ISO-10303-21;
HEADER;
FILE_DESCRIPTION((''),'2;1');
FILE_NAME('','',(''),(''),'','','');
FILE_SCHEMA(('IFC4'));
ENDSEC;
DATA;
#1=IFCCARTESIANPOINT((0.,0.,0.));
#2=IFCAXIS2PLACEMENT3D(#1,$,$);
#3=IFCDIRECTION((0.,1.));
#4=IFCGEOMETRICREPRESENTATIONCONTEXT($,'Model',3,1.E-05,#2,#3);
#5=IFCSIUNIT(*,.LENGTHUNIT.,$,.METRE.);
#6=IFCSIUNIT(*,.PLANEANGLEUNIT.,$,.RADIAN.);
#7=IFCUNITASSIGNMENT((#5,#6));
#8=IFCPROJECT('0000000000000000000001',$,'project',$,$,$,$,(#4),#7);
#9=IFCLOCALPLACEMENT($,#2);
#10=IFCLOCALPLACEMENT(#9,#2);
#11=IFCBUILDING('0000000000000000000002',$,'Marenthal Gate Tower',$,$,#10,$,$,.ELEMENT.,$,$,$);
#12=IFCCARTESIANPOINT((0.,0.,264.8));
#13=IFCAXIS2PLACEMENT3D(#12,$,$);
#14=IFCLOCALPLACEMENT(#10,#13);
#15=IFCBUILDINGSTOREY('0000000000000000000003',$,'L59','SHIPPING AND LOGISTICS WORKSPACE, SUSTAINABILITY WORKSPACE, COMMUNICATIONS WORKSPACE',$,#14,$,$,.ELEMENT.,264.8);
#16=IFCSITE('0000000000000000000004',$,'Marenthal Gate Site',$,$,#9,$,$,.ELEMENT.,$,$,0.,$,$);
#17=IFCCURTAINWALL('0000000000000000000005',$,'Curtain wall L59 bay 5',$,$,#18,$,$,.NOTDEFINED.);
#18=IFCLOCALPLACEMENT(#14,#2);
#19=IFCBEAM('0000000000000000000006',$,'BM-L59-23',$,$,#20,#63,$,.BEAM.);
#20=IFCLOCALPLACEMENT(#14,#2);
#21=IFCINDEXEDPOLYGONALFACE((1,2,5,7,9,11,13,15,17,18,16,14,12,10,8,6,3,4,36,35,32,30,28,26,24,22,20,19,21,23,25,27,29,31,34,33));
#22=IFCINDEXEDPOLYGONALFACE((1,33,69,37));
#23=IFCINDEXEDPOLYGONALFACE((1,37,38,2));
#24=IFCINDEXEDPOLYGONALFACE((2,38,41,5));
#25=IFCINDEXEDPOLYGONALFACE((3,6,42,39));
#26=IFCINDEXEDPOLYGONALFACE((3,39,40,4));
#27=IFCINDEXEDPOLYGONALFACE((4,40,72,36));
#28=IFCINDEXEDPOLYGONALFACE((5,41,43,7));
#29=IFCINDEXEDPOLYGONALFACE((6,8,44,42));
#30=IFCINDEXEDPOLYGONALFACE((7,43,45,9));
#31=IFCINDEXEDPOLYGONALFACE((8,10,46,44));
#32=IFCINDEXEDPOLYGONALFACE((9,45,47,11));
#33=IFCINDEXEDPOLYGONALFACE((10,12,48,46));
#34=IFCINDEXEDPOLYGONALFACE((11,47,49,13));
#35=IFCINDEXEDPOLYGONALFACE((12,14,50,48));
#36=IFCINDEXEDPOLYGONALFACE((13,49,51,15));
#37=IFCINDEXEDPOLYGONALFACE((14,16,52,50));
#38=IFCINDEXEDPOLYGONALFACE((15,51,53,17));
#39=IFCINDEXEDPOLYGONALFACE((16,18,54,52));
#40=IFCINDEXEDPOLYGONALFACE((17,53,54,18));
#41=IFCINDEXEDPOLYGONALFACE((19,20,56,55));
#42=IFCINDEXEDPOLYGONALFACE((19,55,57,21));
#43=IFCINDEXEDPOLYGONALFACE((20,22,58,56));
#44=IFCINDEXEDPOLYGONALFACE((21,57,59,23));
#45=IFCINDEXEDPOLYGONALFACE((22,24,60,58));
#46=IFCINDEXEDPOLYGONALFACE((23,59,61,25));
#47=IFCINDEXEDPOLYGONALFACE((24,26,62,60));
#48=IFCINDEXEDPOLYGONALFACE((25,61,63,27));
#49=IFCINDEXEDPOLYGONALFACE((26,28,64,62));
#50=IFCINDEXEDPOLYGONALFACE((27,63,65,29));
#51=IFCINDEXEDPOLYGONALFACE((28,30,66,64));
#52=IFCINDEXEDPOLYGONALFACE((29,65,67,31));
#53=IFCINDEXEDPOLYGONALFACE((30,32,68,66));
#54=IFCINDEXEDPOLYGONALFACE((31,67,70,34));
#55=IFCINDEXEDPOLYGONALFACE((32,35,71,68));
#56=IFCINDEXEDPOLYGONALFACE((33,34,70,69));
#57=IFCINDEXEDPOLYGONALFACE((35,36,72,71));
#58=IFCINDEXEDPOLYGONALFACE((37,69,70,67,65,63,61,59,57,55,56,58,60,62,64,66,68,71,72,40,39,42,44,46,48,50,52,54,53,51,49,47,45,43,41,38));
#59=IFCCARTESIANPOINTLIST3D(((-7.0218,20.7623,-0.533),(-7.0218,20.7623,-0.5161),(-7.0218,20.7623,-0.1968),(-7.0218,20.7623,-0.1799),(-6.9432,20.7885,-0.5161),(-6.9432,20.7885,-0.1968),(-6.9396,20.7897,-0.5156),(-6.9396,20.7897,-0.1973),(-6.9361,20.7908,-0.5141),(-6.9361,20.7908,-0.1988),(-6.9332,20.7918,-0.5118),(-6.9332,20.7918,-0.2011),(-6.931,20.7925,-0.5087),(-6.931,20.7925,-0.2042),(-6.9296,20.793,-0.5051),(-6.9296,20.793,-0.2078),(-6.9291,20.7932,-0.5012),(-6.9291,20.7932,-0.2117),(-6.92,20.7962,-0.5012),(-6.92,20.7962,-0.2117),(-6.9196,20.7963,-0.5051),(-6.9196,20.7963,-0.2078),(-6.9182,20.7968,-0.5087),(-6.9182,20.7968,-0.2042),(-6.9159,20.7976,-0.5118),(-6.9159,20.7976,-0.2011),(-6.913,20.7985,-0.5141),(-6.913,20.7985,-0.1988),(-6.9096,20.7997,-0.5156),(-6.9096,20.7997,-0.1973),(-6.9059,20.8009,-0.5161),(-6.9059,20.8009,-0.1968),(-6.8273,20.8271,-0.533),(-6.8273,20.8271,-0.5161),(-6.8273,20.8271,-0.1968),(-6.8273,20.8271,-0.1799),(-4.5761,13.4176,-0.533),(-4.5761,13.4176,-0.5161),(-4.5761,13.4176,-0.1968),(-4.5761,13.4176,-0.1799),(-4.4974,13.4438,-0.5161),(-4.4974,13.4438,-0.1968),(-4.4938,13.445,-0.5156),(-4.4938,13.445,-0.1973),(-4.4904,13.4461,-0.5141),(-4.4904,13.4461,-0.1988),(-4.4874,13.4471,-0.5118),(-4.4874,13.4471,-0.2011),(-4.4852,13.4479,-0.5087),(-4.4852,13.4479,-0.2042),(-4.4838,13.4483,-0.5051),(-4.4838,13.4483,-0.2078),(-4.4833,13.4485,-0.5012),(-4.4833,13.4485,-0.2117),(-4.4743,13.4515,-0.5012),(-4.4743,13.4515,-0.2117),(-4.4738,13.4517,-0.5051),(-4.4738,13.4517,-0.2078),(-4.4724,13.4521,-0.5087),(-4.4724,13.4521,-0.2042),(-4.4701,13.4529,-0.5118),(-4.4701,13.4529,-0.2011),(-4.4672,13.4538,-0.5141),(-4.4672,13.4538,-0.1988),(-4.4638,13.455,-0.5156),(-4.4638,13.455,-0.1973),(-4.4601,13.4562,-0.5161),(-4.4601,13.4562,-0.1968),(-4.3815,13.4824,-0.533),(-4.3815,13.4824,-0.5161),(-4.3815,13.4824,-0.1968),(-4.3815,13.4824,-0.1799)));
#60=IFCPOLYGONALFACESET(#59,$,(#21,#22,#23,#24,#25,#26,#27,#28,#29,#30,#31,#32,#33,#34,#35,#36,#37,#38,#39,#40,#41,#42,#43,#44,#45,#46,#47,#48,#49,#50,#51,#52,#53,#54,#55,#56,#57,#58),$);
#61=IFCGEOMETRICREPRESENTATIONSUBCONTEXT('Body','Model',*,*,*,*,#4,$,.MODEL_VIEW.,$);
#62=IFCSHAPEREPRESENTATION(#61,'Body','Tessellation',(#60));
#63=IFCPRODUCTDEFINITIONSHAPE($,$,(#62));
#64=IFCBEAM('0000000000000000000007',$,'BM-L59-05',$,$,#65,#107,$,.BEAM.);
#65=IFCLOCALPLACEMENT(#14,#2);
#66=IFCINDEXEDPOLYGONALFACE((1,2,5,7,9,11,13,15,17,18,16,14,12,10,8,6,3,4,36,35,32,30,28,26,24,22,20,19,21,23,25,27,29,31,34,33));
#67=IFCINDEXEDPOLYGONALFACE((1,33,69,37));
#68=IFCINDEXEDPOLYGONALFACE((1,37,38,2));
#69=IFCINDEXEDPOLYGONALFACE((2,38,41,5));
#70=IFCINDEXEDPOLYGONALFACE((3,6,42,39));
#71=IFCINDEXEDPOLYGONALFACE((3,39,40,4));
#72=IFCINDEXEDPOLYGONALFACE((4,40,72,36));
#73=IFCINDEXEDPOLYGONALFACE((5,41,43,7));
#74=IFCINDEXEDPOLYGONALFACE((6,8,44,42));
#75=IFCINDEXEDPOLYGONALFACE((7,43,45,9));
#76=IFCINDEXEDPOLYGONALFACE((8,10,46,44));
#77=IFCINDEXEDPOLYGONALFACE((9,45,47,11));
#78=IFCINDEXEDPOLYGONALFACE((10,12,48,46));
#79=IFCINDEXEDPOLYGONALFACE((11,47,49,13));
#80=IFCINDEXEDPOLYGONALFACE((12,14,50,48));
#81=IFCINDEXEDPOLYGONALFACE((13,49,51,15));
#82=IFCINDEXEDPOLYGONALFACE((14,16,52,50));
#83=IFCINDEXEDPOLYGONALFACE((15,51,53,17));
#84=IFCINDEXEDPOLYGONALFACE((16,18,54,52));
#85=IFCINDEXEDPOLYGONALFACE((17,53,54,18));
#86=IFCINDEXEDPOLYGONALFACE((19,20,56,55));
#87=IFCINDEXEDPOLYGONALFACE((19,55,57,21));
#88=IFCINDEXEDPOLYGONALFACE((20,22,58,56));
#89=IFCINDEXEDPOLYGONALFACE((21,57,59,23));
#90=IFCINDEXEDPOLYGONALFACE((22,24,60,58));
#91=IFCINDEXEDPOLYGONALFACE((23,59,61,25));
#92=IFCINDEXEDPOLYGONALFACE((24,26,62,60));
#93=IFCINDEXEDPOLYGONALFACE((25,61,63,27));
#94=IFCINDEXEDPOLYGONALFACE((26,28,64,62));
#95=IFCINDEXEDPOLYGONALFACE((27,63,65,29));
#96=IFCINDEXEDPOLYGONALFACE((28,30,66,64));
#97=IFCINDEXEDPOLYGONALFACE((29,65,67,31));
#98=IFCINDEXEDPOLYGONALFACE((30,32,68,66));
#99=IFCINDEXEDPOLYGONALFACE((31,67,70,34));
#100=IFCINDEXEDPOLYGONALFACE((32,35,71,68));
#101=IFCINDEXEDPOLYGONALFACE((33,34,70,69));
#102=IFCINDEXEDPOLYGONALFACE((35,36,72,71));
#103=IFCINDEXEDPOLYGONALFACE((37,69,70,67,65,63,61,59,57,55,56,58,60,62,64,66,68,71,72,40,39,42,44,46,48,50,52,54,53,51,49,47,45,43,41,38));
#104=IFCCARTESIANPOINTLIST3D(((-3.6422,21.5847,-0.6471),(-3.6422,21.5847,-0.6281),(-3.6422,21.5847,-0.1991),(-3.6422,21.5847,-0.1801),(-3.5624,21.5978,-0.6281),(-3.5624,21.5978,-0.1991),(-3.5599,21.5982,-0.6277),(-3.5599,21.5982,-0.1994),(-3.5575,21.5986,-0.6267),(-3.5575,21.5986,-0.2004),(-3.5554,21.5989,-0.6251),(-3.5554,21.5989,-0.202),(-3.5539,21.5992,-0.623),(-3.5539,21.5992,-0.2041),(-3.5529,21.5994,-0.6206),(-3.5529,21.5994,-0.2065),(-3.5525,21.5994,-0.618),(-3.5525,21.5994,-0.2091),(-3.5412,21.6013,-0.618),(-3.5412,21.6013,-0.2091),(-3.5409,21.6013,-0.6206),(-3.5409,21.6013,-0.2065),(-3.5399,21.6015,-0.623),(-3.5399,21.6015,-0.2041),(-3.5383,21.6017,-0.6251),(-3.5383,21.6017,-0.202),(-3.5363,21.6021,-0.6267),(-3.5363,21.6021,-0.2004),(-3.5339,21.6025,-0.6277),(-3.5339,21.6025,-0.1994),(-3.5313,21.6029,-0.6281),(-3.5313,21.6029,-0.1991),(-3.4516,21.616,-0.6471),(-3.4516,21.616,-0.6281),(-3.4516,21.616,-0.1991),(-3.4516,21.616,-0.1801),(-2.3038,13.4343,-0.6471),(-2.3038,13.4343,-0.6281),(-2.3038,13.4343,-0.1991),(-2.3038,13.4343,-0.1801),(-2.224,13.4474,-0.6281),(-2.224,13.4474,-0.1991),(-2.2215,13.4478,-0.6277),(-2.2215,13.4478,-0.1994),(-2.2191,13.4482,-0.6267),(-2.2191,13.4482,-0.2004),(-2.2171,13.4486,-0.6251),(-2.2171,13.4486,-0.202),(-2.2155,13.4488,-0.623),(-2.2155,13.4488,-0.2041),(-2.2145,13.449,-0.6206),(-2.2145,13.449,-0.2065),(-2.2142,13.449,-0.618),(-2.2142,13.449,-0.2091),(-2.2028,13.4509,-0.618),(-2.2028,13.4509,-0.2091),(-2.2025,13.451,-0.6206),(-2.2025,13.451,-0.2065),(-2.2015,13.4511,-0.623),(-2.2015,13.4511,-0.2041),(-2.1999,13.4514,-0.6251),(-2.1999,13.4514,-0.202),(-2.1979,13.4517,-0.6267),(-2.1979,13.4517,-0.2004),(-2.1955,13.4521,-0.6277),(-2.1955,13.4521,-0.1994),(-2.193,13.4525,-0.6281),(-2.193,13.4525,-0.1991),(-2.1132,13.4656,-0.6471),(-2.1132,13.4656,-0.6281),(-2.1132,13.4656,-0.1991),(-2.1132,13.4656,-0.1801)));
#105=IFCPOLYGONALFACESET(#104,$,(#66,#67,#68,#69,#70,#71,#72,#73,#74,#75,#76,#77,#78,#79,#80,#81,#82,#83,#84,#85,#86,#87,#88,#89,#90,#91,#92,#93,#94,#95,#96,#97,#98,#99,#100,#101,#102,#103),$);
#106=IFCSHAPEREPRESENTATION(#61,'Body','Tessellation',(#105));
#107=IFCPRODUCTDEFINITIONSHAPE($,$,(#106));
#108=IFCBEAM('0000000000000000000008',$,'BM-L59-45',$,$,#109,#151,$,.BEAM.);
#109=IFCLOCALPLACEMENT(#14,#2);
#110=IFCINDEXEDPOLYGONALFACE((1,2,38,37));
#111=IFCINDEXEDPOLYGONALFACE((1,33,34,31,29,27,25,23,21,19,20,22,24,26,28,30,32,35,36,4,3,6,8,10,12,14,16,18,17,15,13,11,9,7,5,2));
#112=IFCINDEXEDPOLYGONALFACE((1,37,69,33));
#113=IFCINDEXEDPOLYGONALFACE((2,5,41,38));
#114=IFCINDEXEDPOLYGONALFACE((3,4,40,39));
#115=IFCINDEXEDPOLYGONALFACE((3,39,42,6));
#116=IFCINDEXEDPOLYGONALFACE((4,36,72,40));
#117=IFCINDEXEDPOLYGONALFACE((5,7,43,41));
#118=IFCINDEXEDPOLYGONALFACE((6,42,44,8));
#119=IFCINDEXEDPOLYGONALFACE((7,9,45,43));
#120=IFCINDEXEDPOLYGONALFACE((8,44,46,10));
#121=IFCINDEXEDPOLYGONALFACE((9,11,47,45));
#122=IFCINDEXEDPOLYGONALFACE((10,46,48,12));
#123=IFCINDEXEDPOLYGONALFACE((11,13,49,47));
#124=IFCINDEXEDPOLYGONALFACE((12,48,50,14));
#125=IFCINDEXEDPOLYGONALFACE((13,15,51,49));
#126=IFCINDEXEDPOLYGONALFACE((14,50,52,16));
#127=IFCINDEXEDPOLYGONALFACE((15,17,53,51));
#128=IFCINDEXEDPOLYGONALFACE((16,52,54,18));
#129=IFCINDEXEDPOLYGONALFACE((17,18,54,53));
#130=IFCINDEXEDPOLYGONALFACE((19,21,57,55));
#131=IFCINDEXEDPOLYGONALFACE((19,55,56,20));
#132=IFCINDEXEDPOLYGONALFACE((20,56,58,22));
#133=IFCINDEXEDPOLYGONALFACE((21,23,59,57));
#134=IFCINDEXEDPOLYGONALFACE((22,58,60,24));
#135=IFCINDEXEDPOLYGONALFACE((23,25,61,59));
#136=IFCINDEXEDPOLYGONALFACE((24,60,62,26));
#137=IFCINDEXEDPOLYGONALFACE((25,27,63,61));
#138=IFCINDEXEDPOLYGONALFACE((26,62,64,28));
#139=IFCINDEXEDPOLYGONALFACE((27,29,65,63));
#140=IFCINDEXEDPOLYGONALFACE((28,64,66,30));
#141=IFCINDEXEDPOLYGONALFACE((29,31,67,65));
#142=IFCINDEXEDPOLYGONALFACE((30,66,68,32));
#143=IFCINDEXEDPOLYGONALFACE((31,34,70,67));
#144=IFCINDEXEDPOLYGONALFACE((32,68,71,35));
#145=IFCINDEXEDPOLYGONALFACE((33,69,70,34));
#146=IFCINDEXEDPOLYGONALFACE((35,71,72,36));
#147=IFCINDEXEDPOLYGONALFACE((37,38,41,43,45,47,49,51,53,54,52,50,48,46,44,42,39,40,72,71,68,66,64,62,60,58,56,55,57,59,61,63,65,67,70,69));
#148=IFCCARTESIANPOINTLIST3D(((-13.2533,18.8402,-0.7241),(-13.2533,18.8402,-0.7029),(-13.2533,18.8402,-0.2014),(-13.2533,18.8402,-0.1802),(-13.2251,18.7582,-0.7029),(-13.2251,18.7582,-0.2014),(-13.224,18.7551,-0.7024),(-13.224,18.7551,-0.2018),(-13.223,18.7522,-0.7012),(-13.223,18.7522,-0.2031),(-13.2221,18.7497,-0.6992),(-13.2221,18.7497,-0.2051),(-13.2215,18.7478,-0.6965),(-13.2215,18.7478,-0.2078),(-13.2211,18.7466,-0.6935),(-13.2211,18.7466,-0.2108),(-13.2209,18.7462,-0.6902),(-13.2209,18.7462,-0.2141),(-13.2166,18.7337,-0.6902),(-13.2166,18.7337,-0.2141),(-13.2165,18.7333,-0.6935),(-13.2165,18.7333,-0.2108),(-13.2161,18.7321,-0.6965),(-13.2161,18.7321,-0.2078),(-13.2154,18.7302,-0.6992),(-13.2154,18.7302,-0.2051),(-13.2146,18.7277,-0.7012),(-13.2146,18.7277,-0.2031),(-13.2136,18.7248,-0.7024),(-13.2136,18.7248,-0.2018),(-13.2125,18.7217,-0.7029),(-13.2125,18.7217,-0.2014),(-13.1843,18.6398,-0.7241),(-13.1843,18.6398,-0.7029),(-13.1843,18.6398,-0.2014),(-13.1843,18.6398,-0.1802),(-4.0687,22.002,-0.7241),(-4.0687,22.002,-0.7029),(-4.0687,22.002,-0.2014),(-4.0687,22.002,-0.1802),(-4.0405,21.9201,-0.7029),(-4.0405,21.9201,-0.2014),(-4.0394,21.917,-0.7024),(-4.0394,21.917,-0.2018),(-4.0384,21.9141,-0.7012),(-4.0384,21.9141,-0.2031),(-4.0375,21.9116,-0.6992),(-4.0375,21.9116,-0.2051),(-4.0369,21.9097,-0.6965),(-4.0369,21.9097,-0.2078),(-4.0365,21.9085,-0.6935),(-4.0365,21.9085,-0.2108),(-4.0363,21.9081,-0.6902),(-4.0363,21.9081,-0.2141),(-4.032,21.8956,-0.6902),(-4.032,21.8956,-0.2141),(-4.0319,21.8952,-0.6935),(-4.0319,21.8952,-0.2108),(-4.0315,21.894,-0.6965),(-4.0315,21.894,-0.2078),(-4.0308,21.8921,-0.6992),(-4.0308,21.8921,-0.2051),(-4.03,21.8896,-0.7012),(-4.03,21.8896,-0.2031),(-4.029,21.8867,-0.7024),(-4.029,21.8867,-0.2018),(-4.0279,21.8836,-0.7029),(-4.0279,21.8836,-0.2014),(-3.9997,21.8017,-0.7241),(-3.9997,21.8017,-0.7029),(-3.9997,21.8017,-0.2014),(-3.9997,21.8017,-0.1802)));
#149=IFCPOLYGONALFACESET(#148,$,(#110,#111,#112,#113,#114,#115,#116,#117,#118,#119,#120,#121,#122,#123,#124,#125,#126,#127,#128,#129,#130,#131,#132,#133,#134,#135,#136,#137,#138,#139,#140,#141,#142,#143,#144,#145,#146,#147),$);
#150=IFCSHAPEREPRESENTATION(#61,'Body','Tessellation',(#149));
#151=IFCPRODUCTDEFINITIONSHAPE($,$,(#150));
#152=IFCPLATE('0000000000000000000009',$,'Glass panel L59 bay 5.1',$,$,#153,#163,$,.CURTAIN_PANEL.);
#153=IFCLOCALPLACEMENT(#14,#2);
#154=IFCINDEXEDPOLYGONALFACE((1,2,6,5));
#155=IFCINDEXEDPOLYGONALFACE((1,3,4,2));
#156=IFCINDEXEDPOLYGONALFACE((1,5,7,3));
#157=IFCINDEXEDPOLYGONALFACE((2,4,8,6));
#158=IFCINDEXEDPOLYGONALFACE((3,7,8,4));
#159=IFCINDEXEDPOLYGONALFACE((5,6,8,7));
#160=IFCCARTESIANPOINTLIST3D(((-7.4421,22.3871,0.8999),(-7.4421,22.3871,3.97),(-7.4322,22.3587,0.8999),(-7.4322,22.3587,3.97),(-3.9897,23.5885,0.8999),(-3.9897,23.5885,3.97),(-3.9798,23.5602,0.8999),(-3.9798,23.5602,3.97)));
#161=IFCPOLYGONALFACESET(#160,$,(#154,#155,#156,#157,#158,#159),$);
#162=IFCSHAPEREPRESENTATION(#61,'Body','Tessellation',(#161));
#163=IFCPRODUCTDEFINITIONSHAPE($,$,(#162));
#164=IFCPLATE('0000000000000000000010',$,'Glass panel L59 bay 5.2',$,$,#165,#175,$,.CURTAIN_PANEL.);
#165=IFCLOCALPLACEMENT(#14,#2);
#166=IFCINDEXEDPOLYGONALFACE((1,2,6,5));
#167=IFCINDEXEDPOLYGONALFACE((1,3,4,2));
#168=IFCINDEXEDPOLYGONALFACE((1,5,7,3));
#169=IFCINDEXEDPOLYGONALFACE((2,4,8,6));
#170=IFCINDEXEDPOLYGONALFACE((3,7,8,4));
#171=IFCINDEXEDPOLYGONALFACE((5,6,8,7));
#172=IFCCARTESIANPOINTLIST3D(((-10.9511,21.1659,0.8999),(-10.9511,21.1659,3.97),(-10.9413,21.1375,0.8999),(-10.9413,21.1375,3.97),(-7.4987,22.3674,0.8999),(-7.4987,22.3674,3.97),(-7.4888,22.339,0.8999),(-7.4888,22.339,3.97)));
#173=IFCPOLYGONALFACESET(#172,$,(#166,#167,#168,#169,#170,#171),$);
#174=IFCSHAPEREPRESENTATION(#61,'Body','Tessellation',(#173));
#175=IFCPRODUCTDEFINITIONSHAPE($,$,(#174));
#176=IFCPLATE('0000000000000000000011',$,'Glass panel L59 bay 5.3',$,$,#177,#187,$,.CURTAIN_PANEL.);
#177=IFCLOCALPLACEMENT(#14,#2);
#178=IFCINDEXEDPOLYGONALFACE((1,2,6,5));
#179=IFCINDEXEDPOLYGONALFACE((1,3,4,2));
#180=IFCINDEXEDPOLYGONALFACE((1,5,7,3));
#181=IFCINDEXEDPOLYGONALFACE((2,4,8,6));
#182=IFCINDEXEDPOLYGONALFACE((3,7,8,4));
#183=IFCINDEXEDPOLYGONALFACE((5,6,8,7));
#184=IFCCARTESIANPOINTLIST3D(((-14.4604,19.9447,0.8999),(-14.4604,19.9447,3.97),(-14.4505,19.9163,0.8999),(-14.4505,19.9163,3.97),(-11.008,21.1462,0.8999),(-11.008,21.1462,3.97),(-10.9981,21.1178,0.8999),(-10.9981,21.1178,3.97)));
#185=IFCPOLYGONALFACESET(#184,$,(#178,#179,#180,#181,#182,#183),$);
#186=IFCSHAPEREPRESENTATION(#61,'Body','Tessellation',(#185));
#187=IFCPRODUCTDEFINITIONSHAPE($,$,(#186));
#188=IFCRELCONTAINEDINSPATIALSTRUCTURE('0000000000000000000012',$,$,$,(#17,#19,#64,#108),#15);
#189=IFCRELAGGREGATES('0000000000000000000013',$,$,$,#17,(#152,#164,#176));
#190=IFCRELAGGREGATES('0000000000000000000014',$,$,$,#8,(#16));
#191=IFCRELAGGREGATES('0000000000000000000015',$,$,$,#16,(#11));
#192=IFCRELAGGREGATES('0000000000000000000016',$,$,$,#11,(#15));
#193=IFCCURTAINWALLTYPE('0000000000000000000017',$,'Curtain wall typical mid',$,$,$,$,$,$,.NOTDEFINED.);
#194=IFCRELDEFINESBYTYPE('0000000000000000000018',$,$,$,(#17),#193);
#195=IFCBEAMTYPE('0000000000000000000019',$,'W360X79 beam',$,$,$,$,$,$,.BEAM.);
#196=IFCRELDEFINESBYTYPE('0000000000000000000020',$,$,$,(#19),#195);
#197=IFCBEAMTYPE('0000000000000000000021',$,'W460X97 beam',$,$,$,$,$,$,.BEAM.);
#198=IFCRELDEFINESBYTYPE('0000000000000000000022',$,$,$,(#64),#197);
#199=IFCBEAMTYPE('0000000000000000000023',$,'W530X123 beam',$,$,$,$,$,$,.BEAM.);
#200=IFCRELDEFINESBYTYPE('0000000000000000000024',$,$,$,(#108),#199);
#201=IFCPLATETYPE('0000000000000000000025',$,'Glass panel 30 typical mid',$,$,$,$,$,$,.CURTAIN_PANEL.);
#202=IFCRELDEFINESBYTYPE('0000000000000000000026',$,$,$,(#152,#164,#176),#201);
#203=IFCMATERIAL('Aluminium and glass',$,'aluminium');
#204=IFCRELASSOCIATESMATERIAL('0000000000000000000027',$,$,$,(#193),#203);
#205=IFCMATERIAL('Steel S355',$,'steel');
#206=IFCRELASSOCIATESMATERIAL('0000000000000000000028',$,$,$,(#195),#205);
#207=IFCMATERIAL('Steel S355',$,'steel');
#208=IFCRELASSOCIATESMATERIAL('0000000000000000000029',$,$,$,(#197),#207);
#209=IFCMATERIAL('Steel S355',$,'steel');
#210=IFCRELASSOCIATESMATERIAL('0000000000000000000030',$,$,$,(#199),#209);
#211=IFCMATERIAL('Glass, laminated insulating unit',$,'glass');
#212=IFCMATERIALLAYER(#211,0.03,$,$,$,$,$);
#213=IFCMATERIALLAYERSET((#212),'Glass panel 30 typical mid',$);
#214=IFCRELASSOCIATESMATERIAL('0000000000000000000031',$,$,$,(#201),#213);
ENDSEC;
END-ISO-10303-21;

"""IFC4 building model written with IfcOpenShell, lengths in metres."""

from ifc_helpers import new_model, si_unit, direction, frame, origin, origin_2d, place, context, subcontext, project, spatial, rectangle, i_section, extrude, material, layer, layer_set, material_profile, profile_set, type_object, element, aggregate, save


model = new_model("IFC4")

# Units and contexts
model_context = context("Model", 3, precision=1e-05, world=origin(), true_north=direction((0.0, 1.0)))
body_context = subcontext(model_context, "Body", "Model", "MODEL_VIEW")
ifc_project = project(units=[si_unit("LENGTHUNIT", "METRE"), si_unit("PLANEANGLEUNIT", "RADIAN")], contexts=[model_context])

# Site, building, storey
site_placement = place(None, origin())
site = spatial("IfcSite", under=ifc_project, at=site_placement, Name="Marenthal Gate Site", CompositionType="ELEMENT", RefElevation=0.0)
building_placement = place(site_placement, origin())
building = spatial("IfcBuilding", under=site, at=building_placement, Name="Marenthal Gate Tower", CompositionType="ELEMENT")
storey_placement = place(building_placement, frame((0.0, 0.0, 264.8)))
storey = spatial("IfcBuildingStorey", under=building, at=storey_placement, Name="L59", Description="SHIPPING AND LOGISTICS WORKSPACE, SUSTAINABILITY WORKSPACE, COMMUNICATIONS WORKSPACE", CompositionType="ELEMENT", Elevation=264.8)

# Curtain wall
ifc_material_1 = material(Name="Aluminium and glass", Category="aluminium")
curtain_wall_type = type_object("IfcCurtainWallType", Name="Curtain wall typical mid", PredefinedType="NOTDEFINED", material=ifc_material_1)
curtain_wall_placement = place(storey_placement, origin())
curtain_wall = element("IfcCurtainWall", 1, at=curtain_wall_placement, inside=storey, type_object=curtain_wall_type, Name="Curtain wall L59 bay 5", PredefinedType="NOTDEFINED")

# Beams
ifc_material_2 = material(Name="Steel S355", Category="steel")
ifc_material_profile_1 = material_profile(ifc_material_2, i_section(OverallWidth=0.2051, OverallDepth=0.353, WebThickness=0.0095, FlangeThickness=0.0168, FilletRadius=0.0149, at=origin_2d()), Name="W360X79")
ifc_profile_set_1 = profile_set([ifc_material_profile_1], Name="Steel S355")
beam_type_1 = type_object("IfcBeamType", Name="W360X79 beam", PredefinedType="BEAM", material=ifc_profile_set_1)
beam_1_placement = place(storey_placement, frame((-6.9246, 20.7947, -0.3564), z_axis=(0.315944, -0.948778, 0.0), x_axis=(0.948778, 0.315944, 0.0)))
element("IfcBeam", 2, at=beam_1_placement, inside=storey, type_object=beam_type_1, Name="BM-L59-23", PredefinedType="BEAM", context=body_context, shape_type="SweptSolid", body=[
    extrude(i_section(OverallWidth=0.2051, OverallDepth=0.353, WebThickness=0.0095, FlangeThickness=0.0168, FilletRadius=0.0149, at=origin_2d()), origin(), (0.0, 0.0, 1.0), 7.7412),
])
ifc_material_3 = material(Name="Steel S355", Category="steel")
ifc_material_profile_2 = material_profile(ifc_material_3, i_section(OverallWidth=0.1931, OverallDepth=0.467, WebThickness=0.0115, FlangeThickness=0.019, FilletRadius=0.01, at=origin_2d()), Name="W460X97")
ifc_profile_set_2 = profile_set([ifc_material_profile_2], Name="Steel S355")
beam_type_2 = type_object("IfcBeamType", Name="W460X97 beam", PredefinedType="BEAM", material=ifc_profile_set_2)
beam_2_placement = place(storey_placement, frame((-3.5469, 21.6003, -0.4136), z_axis=(0.16204, -0.986784, 0.0), x_axis=(0.986784, 0.16204, 0.0)))
element("IfcBeam", 3, at=beam_2_placement, inside=storey, type_object=beam_type_2, Name="BM-L59-05", PredefinedType="BEAM", context=body_context, shape_type="SweptSolid", body=[
    extrude(i_section(OverallWidth=0.1931, OverallDepth=0.467, WebThickness=0.0115, FlangeThickness=0.019, FilletRadius=0.01, at=origin_2d()), origin(), (0.0, 0.0, 1.0), 8.2595),
])
ifc_material_4 = material(Name="Steel S355", Category="steel")
ifc_material_profile_3 = material_profile(ifc_material_4, i_section(OverallWidth=0.2119, OverallDepth=0.5439, WebThickness=0.0132, FlangeThickness=0.0212, FilletRadius=0.0127, at=origin_2d()), Name="W530X123")
ifc_profile_set_3 = profile_set([ifc_material_profile_3], Name="Steel S355")
beam_type_3 = type_object("IfcBeamType", Name="W530X123 beam", PredefinedType="BEAM", material=ifc_profile_set_3)
beam_3_placement = place(storey_placement, frame((-4.0342, 21.9019, -0.4521), z_axis=(-0.945539, -0.32551, 0.0), x_axis=(0.32551, -0.945539, 0.0)))
element("IfcBeam", 4, at=beam_3_placement, inside=storey, type_object=beam_type_3, Name="BM-L59-45", PredefinedType="BEAM", context=body_context, shape_type="SweptSolid", body=[
    extrude(i_section(OverallWidth=0.2119, OverallDepth=0.5439, WebThickness=0.0132, FlangeThickness=0.0212, FilletRadius=0.0127, at=origin_2d()), origin(), (0.0, 0.0, 1.0), 9.7136),
])

# Plates
ifc_material_5 = material(Name="Glass, laminated insulating unit", Category="glass")
ifc_layer_1 = layer(ifc_material_5, 0.03)
ifc_layer_set_1 = layer_set([ifc_layer_1], Name="Glass panel 30 typical mid")
plate_type = type_object("IfcPlateType", Name="Glass panel 30 typical mid", PredefinedType="CURTAIN_PANEL", material=ifc_layer_set_1)
plate_1_placement = place(storey_placement, frame((-5.7109, 22.9736, 0.8999), z_axis=(0.0, 0.0, 1.0), x_axis=(-0.944445, -0.32867, 0.0)))
plate_1 = element("IfcPlate", 5, at=plate_1_placement, type_object=plate_type, Name="Glass panel L59 bay 5.1", PredefinedType="CURTAIN_PANEL", context=body_context, shape_type="SweptSolid", body=[
    extrude(rectangle(XDim=3.6555, YDim=0.03, at=origin_2d()), origin(), (0.0, 0.0, 1.0), 3.0701),
])
plate_2_placement = place(storey_placement, frame((-9.22, 21.7524, 0.8999), z_axis=(0.0, 0.0, 1.0), x_axis=(-0.944445, -0.32867, 0.0)))
plate_2 = element("IfcPlate", 6, at=plate_2_placement, type_object=plate_type, Name="Glass panel L59 bay 5.2", PredefinedType="CURTAIN_PANEL", context=body_context, shape_type="SweptSolid", body=[
    extrude(rectangle(XDim=3.6555, YDim=0.03, at=origin_2d()), origin(), (0.0, 0.0, 1.0), 3.0701),
])
plate_3_placement = place(storey_placement, frame((-12.7292, 20.5312, 0.8999), z_axis=(0.0, 0.0, 1.0), x_axis=(-0.944445, -0.32867, 0.0)))
plate_3 = element("IfcPlate", 7, at=plate_3_placement, type_object=plate_type, Name="Glass panel L59 bay 5.3", PredefinedType="CURTAIN_PANEL", context=body_context, shape_type="SweptSolid", body=[
    extrude(rectangle(XDim=3.6555, YDim=0.03, at=origin_2d()), origin(), (0.0, 0.0, 1.0), 3.0701),
])
aggregate(curtain_wall, [plate_1, plate_2, plate_3])

save(model, "model.ifc")
